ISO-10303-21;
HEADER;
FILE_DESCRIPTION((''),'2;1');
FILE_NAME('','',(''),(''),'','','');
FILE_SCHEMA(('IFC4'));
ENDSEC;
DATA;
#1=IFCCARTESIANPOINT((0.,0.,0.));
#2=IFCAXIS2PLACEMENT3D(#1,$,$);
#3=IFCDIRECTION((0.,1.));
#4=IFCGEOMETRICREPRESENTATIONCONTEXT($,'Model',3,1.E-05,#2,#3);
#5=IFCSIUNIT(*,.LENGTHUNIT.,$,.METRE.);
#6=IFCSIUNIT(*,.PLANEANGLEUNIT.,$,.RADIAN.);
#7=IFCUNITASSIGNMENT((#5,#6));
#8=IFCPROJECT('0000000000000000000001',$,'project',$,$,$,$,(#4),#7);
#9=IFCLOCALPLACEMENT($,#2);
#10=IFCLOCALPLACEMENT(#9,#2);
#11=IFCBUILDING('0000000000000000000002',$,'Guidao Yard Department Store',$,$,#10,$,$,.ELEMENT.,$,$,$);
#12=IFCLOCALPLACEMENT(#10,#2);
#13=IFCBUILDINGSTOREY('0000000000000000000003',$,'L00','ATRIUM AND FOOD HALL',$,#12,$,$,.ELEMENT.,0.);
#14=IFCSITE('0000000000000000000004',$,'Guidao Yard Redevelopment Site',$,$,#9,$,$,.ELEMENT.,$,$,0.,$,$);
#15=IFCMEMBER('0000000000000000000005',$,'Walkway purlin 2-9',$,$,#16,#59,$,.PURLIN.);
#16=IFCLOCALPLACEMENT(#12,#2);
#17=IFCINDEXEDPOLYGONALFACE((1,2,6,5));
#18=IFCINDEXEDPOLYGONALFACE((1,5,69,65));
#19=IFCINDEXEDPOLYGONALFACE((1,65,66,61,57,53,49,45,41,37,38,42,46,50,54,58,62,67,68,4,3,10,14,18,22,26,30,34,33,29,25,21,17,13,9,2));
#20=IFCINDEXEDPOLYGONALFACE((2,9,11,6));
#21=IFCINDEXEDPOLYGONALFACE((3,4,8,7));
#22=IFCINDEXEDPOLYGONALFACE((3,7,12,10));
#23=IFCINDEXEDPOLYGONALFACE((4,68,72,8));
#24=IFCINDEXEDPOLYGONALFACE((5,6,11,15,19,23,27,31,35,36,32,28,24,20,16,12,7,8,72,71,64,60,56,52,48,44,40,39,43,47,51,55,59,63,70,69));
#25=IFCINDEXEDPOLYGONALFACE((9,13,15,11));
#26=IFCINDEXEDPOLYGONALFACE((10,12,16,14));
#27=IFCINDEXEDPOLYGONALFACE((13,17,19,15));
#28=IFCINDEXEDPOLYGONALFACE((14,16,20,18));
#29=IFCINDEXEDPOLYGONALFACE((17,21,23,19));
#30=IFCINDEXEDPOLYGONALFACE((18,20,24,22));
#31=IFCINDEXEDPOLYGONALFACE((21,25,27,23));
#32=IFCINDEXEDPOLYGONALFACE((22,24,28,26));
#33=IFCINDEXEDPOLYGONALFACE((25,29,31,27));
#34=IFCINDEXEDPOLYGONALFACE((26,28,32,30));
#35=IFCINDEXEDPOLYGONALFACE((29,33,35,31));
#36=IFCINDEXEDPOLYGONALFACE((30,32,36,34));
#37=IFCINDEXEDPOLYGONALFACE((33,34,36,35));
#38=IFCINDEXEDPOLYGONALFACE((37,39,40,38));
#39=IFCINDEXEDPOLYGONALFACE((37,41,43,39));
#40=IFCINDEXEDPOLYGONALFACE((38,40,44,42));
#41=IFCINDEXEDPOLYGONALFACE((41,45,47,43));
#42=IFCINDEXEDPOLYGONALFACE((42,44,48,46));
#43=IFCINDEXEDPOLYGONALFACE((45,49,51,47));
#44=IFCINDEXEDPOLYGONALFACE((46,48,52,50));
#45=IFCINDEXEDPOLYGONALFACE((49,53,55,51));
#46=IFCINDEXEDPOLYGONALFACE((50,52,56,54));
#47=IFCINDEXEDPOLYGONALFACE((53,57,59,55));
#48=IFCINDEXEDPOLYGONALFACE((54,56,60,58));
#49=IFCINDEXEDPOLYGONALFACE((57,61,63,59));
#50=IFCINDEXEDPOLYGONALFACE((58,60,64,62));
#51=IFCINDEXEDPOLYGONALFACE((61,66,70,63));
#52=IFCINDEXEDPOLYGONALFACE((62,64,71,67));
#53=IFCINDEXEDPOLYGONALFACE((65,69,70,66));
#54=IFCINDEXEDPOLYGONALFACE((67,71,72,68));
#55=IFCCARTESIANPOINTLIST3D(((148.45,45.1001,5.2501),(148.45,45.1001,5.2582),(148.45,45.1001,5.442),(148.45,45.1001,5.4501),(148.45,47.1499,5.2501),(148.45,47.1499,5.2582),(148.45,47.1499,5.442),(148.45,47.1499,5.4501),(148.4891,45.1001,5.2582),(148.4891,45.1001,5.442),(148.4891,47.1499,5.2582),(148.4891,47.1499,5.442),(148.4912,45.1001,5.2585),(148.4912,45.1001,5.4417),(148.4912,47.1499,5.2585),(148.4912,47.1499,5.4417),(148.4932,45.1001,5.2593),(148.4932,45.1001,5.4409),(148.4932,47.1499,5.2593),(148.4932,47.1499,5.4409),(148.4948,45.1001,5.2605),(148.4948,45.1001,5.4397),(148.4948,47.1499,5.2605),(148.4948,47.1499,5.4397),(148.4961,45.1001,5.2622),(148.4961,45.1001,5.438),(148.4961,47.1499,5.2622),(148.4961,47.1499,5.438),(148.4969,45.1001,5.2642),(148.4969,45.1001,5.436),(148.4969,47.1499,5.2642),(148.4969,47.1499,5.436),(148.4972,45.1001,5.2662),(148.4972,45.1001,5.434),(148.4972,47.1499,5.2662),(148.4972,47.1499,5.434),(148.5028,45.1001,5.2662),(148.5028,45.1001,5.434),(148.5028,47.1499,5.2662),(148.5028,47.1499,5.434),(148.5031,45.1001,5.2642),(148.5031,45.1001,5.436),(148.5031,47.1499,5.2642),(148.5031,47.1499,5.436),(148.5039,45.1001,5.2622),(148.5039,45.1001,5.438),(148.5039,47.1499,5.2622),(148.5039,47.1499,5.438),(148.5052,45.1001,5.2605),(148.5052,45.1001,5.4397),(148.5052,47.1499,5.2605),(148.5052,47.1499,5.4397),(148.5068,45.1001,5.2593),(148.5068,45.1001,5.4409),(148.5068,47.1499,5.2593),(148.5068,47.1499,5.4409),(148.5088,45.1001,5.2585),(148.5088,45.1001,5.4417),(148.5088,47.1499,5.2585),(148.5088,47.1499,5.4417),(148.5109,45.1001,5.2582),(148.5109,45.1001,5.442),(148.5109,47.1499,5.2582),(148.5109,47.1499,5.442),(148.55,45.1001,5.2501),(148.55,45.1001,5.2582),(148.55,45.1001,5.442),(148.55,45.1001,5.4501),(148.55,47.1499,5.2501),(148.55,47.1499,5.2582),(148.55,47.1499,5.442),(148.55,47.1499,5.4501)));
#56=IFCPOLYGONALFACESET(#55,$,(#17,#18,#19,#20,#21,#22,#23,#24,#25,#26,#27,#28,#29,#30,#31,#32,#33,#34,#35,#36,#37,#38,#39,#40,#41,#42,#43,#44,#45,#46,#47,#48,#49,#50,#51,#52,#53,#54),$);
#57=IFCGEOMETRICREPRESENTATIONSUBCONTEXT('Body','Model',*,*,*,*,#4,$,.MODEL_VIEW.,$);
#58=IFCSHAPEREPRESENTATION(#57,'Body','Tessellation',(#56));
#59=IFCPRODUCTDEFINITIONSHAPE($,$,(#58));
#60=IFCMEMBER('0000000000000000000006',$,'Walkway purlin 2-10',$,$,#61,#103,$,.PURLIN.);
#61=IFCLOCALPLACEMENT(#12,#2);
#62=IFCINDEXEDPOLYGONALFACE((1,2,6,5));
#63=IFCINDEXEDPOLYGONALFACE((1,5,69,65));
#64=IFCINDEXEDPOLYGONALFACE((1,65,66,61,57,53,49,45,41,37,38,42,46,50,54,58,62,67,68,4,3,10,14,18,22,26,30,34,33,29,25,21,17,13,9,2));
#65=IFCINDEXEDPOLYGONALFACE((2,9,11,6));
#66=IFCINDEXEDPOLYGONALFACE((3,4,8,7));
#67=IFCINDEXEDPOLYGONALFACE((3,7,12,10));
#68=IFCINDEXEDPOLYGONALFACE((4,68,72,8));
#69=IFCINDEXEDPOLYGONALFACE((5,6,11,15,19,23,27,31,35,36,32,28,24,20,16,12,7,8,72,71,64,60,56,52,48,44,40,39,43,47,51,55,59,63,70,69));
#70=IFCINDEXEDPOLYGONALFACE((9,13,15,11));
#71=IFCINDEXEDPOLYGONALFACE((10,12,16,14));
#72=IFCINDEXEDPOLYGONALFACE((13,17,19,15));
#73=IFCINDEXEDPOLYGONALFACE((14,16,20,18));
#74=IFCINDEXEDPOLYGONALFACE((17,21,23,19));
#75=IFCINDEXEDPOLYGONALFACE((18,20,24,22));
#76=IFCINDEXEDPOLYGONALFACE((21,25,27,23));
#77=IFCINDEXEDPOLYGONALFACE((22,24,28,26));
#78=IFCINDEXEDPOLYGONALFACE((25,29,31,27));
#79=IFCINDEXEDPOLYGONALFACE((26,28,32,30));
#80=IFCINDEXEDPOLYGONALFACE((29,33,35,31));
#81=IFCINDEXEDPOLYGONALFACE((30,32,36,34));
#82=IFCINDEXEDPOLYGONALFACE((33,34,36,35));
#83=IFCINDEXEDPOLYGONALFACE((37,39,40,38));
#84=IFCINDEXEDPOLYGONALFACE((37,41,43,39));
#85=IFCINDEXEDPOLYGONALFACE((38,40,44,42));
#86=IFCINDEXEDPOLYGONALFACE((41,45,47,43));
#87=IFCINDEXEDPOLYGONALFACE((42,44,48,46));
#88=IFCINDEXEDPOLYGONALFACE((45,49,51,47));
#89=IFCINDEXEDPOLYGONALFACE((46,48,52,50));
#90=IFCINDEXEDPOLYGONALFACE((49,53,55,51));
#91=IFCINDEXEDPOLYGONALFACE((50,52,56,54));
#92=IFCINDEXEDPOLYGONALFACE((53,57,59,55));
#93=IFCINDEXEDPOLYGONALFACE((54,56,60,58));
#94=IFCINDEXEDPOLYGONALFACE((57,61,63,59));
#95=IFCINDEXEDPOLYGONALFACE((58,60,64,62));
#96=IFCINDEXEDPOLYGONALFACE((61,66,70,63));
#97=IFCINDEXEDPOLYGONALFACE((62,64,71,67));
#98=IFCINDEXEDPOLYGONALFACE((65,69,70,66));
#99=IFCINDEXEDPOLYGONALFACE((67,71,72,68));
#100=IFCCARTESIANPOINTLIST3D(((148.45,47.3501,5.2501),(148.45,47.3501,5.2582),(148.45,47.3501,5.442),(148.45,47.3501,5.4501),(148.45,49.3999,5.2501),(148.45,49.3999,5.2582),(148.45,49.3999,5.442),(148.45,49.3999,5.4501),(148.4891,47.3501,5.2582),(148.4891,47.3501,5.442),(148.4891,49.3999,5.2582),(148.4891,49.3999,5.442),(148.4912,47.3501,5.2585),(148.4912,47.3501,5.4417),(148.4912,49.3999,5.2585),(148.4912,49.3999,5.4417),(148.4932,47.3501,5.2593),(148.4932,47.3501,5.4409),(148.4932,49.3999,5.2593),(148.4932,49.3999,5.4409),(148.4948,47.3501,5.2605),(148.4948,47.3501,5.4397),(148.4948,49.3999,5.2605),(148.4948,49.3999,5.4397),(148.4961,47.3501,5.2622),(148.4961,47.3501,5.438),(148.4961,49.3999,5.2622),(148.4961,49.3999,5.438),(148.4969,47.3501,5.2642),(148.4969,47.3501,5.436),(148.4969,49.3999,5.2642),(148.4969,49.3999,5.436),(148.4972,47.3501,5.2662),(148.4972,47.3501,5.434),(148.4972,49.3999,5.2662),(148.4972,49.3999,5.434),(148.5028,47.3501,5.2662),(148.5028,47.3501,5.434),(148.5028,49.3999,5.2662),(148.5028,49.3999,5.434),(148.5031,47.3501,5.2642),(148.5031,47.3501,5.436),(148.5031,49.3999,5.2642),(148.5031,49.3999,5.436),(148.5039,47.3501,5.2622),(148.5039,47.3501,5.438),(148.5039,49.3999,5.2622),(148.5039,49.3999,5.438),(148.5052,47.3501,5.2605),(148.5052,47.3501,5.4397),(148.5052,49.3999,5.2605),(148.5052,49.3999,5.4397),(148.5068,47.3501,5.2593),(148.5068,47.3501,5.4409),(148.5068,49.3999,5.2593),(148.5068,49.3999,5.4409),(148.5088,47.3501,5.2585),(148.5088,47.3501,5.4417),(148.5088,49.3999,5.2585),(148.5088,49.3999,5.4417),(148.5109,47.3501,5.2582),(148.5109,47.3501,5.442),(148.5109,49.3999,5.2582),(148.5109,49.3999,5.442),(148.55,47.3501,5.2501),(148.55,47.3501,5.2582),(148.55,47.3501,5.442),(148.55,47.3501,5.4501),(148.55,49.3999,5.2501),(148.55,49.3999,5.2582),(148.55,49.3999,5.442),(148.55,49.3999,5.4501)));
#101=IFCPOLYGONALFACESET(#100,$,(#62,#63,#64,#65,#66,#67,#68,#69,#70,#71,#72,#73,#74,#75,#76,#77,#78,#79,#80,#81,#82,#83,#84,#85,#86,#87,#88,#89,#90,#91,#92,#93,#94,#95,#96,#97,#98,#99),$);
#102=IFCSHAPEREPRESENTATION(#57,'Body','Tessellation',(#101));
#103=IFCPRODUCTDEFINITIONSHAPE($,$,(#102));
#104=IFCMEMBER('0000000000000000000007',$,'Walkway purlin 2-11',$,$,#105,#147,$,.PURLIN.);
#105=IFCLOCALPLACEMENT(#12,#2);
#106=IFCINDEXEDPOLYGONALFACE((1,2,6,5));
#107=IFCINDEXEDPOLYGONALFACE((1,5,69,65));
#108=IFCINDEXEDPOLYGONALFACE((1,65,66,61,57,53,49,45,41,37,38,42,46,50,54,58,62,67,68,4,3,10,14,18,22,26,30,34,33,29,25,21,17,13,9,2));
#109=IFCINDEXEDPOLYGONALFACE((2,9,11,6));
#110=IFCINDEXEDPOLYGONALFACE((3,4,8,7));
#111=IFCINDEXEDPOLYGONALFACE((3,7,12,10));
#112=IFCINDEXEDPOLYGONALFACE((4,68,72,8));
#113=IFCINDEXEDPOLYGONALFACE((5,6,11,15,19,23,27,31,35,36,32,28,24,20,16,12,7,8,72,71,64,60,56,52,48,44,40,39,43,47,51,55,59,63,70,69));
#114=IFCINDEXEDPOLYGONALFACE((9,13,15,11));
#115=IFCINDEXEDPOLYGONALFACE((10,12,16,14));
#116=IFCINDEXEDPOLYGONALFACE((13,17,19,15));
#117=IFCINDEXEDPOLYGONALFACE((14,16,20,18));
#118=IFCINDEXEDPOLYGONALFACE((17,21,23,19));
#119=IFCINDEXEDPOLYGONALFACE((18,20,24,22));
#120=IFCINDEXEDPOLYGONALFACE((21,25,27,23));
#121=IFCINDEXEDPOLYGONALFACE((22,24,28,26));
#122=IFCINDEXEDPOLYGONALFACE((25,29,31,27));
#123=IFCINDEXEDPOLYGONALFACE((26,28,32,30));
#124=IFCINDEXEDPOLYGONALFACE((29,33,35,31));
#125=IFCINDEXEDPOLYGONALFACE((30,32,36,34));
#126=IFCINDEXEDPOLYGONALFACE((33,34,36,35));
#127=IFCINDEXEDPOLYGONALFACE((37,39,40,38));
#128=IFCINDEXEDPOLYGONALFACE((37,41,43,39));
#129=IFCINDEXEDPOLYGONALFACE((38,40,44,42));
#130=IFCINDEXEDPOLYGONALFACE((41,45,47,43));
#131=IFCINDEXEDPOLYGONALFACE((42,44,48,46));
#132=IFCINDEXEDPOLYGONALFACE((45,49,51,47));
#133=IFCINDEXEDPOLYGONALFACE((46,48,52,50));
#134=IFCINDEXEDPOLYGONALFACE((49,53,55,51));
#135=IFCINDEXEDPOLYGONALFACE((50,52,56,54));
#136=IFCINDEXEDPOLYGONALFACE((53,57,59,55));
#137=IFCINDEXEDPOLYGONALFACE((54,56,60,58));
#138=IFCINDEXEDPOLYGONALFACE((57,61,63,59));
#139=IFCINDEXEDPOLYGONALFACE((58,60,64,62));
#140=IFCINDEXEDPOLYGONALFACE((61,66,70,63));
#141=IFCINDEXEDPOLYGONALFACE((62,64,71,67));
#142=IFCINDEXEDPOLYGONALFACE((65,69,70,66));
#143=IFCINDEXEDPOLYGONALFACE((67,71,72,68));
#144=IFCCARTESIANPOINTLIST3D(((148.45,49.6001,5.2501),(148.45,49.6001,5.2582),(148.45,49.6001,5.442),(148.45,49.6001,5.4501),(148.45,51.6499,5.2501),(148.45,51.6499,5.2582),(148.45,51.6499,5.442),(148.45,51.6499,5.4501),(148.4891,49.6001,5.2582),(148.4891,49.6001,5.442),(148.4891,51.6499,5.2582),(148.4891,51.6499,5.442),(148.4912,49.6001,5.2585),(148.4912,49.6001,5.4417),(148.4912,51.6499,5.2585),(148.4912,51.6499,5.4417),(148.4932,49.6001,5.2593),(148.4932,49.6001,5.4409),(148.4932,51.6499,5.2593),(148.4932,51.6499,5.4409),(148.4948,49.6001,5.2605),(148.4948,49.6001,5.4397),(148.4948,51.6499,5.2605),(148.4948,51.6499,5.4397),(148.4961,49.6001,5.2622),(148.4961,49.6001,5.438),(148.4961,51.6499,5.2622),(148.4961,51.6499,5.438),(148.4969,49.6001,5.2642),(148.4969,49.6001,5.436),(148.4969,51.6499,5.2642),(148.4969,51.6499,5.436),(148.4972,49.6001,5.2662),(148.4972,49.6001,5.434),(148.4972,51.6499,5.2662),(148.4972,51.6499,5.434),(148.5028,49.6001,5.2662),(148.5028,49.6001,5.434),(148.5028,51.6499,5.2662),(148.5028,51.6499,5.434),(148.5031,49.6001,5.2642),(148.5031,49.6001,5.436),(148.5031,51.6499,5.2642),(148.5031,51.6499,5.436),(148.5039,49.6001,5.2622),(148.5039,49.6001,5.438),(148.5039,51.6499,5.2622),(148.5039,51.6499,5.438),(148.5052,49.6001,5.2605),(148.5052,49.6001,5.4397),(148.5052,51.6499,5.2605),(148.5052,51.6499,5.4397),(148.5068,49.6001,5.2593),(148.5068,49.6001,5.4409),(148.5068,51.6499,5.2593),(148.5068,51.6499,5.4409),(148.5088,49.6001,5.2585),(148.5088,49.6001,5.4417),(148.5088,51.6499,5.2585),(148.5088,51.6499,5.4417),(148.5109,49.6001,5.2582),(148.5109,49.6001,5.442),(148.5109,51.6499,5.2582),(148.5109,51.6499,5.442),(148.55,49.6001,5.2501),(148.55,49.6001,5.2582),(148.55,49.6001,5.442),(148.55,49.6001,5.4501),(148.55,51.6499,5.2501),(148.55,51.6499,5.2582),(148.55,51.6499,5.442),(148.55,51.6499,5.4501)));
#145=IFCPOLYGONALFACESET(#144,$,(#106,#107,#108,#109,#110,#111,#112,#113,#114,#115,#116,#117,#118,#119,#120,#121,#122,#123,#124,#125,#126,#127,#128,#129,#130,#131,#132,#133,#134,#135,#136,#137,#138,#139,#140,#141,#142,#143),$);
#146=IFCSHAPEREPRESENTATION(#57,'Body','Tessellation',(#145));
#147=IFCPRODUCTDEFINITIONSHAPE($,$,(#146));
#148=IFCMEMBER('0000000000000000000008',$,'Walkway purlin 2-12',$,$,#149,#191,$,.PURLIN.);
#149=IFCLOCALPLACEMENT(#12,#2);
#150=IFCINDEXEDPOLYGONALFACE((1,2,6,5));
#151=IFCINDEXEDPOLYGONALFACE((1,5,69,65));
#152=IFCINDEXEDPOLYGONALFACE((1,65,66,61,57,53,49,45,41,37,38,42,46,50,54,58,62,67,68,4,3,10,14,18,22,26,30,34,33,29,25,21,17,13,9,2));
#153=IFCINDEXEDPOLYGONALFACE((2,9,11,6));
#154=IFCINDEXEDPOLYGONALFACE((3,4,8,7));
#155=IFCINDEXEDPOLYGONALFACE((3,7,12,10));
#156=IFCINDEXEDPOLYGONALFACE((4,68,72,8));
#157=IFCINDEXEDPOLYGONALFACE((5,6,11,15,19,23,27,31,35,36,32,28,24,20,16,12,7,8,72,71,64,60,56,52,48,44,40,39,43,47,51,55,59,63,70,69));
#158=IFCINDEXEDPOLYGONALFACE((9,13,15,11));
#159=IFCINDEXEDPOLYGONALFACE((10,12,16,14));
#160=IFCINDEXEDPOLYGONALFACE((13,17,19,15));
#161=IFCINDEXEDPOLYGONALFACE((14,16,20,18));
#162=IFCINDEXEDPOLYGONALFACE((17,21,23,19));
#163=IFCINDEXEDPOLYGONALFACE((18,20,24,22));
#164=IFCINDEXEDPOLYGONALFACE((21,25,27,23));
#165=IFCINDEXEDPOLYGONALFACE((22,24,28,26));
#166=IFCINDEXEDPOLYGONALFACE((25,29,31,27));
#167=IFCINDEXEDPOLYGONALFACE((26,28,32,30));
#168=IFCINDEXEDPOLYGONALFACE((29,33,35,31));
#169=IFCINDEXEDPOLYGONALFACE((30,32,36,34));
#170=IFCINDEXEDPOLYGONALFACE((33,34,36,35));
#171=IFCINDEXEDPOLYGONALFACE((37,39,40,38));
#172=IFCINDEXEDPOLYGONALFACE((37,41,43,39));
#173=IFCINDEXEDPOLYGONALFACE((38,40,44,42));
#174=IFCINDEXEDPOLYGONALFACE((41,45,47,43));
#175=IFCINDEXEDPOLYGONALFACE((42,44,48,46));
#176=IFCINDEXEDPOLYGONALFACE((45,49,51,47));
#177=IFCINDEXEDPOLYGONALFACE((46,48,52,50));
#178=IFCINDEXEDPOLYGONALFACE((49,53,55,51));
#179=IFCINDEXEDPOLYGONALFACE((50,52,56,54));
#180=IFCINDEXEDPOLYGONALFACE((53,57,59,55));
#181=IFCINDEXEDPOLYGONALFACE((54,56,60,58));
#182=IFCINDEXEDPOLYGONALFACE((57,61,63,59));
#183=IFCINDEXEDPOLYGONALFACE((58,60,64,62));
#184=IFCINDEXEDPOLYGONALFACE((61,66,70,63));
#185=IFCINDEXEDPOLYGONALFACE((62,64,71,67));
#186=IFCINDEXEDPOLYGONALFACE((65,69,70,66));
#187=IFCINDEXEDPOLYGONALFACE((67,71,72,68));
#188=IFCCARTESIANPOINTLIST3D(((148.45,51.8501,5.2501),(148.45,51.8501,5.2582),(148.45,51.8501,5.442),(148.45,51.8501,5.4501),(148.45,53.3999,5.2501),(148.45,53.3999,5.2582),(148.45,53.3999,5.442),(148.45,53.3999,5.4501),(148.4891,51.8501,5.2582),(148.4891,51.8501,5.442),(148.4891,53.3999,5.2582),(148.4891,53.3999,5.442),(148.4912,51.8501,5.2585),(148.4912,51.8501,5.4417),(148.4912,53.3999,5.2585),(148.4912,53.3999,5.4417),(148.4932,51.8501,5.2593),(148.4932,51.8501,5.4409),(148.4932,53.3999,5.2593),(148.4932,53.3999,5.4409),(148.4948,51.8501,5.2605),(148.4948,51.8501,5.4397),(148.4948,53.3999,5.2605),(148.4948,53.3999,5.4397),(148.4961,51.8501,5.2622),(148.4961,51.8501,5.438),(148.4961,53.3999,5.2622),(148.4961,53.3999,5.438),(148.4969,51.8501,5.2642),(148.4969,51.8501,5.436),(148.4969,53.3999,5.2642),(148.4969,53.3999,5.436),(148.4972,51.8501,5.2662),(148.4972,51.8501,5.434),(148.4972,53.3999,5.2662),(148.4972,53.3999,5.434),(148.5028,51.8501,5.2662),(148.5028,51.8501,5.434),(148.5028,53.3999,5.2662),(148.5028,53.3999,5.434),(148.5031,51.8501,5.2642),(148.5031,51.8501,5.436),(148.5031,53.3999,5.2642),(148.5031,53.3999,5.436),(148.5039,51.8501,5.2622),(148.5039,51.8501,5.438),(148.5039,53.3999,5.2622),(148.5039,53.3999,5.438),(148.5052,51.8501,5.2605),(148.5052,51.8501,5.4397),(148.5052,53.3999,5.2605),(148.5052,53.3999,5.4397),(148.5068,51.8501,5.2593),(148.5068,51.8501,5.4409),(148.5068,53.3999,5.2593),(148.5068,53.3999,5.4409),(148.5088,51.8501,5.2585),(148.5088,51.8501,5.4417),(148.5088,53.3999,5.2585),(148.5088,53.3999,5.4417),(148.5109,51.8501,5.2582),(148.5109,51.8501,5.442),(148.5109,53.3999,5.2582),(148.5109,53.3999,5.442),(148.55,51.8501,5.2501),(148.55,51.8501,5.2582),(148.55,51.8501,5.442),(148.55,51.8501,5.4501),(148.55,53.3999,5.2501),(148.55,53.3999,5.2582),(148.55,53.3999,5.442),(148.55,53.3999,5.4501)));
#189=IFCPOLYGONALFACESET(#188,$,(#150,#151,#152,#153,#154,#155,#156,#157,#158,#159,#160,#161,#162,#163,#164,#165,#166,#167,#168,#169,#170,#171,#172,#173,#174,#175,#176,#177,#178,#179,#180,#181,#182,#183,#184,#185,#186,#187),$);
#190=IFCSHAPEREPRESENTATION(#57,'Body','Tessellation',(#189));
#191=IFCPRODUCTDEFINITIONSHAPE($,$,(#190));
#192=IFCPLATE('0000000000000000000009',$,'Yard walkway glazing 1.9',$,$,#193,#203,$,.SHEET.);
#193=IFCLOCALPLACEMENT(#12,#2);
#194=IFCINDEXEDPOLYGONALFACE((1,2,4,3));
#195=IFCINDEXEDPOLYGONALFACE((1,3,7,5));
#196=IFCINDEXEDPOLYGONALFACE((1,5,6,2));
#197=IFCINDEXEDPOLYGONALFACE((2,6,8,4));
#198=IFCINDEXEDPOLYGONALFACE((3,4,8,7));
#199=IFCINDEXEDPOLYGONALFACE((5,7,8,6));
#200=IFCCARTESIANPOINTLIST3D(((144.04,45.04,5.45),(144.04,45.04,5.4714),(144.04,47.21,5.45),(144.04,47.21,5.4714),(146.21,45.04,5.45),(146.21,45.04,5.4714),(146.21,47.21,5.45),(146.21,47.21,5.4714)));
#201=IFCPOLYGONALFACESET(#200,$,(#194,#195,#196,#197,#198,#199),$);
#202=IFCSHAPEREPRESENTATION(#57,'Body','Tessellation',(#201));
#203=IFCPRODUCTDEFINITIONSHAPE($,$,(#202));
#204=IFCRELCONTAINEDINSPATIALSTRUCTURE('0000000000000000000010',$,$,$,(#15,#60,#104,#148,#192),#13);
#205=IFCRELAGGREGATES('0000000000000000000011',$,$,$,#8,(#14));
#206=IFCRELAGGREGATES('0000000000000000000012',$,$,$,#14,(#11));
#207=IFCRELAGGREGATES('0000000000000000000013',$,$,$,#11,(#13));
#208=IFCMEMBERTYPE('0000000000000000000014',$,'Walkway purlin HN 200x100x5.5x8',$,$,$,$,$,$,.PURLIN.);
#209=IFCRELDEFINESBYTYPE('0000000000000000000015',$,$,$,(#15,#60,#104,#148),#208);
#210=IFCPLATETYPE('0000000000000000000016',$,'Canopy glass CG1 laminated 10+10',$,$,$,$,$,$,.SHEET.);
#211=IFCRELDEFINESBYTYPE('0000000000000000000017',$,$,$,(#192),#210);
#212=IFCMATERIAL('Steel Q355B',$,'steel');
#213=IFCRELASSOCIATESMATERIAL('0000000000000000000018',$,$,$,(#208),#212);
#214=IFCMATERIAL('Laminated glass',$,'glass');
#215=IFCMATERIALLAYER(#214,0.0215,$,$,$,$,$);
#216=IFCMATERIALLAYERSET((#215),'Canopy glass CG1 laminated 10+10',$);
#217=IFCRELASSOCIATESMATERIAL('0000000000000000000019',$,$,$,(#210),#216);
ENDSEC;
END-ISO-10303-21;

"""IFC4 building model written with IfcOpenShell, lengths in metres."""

from ifc_helpers import new_model, si_unit, direction, frame, origin, origin_2d, place, context, subcontext, project, spatial, rectangle, i_section, extrude, material, layer, layer_set, material_profile, profile_set, type_object, element, save


model = new_model("IFC4")

# Units and contexts
model_context = context("Model", 3, precision=1e-05, world=origin(), true_north=direction((0.0, 1.0)))
body_context = subcontext(model_context, "Body", "Model", "MODEL_VIEW")
ifc_project = project(units=[si_unit("LENGTHUNIT", "METRE"), si_unit("PLANEANGLEUNIT", "RADIAN")], contexts=[model_context])

# Site, building, storey
site_placement = place(None, origin())
site = spatial("IfcSite", under=ifc_project, at=site_placement, Name="Guidao Yard Redevelopment Site", CompositionType="ELEMENT", RefElevation=0.0)
building_placement = place(site_placement, origin())
building = spatial("IfcBuilding", under=site, at=building_placement, Name="Guidao Yard Department Store", CompositionType="ELEMENT")
storey_placement = place(building_placement, origin())
storey = spatial("IfcBuildingStorey", under=building, at=storey_placement, Name="L00", Description="ATRIUM AND FOOD HALL", CompositionType="ELEMENT", Elevation=0.0)

# Members
ifc_material_1 = material(Name="Steel Q355B", Category="steel")
ifc_material_profile_1 = material_profile(ifc_material_1, i_section(OverallWidth=0.1001, OverallDepth=0.2, WebThickness=0.0056, FlangeThickness=0.0081, FilletRadius=0.0081, at=origin_2d()), Name="HN 200x100x5.5x8")
ifc_profile_set_1 = profile_set([ifc_material_profile_1], Name="Steel Q355B")
member_type = type_object("IfcMemberType", Name="Walkway purlin HN 200x100x5.5x8", PredefinedType="PURLIN", material=ifc_profile_set_1)
for number, where, z_axis, x_axis, name in (
    (1, (148.5, 45.1001, 5.3501), (0.0, 1.0, 0.0), (-1.0, 0.0, 0.0), "Walkway purlin 2-9"),
    (2, (148.5, 47.3501, 5.3501), (0.0, 1.0, 0.0), (-1.0, 0.0, 0.0), "Walkway purlin 2-10"),
    (3, (148.5, 49.6001, 5.3501), (0.0, 1.0, 0.0), (-1.0, 0.0, 0.0), "Walkway purlin 2-11"),
):
    element("IfcMember", number, at=place(storey_placement, frame(where, z_axis=z_axis, x_axis=x_axis)), inside=storey, type_object=member_type, Name=name, PredefinedType="PURLIN", context=body_context, shape_type="SweptSolid", body=[
        extrude(i_section(OverallWidth=0.1001, OverallDepth=0.2, WebThickness=0.0056, FlangeThickness=0.0081, FilletRadius=0.0081, at=origin_2d()), origin(), (0.0, 0.0, 1.0), 2.0498),
    ])
member_1_placement = place(storey_placement, frame((148.5, 51.8501, 5.3501), z_axis=(0.0, 1.0, 0.0), x_axis=(-1.0, 0.0, 0.0)))
element("IfcMember", 4, at=member_1_placement, inside=storey, type_object=member_type, Name="Walkway purlin 2-12", PredefinedType="PURLIN", context=body_context, shape_type="SweptSolid", body=[
    extrude(i_section(OverallWidth=0.1001, OverallDepth=0.2, WebThickness=0.0056, FlangeThickness=0.0081, FilletRadius=0.0081, at=origin_2d()), origin(), (0.0, 0.0, 1.0), 1.5498),
])

# Plate
ifc_material_2 = material(Name="Laminated glass", Category="glass")
ifc_layer = layer(ifc_material_2, 0.0215)
ifc_layer_set = layer_set([ifc_layer], Name="Canopy glass CG1 laminated 10+10")
plate_type = type_object("IfcPlateType", Name="Canopy glass CG1 laminated 10+10", PredefinedType="SHEET", material=ifc_layer_set)
for number, where, z_axis, x_axis, name in (
    (5, (145.125, 46.125, 5.45), (0.0, 0.0, 1.0), (1.0, 0.0, 0.0), "Yard walkway glazing 1.9"),
):
    element("IfcPlate", number, at=place(storey_placement, frame(where, z_axis=z_axis, x_axis=x_axis)), inside=storey, type_object=plate_type, Name=name, PredefinedType="SHEET", context=body_context, shape_type="SweptSolid", body=[
        extrude(rectangle(XDim=2.1699, YDim=2.1699, at=origin_2d()), origin(), (0.0, 0.0, 1.0), 0.0215),
    ])

save(model, "model.ifc")
